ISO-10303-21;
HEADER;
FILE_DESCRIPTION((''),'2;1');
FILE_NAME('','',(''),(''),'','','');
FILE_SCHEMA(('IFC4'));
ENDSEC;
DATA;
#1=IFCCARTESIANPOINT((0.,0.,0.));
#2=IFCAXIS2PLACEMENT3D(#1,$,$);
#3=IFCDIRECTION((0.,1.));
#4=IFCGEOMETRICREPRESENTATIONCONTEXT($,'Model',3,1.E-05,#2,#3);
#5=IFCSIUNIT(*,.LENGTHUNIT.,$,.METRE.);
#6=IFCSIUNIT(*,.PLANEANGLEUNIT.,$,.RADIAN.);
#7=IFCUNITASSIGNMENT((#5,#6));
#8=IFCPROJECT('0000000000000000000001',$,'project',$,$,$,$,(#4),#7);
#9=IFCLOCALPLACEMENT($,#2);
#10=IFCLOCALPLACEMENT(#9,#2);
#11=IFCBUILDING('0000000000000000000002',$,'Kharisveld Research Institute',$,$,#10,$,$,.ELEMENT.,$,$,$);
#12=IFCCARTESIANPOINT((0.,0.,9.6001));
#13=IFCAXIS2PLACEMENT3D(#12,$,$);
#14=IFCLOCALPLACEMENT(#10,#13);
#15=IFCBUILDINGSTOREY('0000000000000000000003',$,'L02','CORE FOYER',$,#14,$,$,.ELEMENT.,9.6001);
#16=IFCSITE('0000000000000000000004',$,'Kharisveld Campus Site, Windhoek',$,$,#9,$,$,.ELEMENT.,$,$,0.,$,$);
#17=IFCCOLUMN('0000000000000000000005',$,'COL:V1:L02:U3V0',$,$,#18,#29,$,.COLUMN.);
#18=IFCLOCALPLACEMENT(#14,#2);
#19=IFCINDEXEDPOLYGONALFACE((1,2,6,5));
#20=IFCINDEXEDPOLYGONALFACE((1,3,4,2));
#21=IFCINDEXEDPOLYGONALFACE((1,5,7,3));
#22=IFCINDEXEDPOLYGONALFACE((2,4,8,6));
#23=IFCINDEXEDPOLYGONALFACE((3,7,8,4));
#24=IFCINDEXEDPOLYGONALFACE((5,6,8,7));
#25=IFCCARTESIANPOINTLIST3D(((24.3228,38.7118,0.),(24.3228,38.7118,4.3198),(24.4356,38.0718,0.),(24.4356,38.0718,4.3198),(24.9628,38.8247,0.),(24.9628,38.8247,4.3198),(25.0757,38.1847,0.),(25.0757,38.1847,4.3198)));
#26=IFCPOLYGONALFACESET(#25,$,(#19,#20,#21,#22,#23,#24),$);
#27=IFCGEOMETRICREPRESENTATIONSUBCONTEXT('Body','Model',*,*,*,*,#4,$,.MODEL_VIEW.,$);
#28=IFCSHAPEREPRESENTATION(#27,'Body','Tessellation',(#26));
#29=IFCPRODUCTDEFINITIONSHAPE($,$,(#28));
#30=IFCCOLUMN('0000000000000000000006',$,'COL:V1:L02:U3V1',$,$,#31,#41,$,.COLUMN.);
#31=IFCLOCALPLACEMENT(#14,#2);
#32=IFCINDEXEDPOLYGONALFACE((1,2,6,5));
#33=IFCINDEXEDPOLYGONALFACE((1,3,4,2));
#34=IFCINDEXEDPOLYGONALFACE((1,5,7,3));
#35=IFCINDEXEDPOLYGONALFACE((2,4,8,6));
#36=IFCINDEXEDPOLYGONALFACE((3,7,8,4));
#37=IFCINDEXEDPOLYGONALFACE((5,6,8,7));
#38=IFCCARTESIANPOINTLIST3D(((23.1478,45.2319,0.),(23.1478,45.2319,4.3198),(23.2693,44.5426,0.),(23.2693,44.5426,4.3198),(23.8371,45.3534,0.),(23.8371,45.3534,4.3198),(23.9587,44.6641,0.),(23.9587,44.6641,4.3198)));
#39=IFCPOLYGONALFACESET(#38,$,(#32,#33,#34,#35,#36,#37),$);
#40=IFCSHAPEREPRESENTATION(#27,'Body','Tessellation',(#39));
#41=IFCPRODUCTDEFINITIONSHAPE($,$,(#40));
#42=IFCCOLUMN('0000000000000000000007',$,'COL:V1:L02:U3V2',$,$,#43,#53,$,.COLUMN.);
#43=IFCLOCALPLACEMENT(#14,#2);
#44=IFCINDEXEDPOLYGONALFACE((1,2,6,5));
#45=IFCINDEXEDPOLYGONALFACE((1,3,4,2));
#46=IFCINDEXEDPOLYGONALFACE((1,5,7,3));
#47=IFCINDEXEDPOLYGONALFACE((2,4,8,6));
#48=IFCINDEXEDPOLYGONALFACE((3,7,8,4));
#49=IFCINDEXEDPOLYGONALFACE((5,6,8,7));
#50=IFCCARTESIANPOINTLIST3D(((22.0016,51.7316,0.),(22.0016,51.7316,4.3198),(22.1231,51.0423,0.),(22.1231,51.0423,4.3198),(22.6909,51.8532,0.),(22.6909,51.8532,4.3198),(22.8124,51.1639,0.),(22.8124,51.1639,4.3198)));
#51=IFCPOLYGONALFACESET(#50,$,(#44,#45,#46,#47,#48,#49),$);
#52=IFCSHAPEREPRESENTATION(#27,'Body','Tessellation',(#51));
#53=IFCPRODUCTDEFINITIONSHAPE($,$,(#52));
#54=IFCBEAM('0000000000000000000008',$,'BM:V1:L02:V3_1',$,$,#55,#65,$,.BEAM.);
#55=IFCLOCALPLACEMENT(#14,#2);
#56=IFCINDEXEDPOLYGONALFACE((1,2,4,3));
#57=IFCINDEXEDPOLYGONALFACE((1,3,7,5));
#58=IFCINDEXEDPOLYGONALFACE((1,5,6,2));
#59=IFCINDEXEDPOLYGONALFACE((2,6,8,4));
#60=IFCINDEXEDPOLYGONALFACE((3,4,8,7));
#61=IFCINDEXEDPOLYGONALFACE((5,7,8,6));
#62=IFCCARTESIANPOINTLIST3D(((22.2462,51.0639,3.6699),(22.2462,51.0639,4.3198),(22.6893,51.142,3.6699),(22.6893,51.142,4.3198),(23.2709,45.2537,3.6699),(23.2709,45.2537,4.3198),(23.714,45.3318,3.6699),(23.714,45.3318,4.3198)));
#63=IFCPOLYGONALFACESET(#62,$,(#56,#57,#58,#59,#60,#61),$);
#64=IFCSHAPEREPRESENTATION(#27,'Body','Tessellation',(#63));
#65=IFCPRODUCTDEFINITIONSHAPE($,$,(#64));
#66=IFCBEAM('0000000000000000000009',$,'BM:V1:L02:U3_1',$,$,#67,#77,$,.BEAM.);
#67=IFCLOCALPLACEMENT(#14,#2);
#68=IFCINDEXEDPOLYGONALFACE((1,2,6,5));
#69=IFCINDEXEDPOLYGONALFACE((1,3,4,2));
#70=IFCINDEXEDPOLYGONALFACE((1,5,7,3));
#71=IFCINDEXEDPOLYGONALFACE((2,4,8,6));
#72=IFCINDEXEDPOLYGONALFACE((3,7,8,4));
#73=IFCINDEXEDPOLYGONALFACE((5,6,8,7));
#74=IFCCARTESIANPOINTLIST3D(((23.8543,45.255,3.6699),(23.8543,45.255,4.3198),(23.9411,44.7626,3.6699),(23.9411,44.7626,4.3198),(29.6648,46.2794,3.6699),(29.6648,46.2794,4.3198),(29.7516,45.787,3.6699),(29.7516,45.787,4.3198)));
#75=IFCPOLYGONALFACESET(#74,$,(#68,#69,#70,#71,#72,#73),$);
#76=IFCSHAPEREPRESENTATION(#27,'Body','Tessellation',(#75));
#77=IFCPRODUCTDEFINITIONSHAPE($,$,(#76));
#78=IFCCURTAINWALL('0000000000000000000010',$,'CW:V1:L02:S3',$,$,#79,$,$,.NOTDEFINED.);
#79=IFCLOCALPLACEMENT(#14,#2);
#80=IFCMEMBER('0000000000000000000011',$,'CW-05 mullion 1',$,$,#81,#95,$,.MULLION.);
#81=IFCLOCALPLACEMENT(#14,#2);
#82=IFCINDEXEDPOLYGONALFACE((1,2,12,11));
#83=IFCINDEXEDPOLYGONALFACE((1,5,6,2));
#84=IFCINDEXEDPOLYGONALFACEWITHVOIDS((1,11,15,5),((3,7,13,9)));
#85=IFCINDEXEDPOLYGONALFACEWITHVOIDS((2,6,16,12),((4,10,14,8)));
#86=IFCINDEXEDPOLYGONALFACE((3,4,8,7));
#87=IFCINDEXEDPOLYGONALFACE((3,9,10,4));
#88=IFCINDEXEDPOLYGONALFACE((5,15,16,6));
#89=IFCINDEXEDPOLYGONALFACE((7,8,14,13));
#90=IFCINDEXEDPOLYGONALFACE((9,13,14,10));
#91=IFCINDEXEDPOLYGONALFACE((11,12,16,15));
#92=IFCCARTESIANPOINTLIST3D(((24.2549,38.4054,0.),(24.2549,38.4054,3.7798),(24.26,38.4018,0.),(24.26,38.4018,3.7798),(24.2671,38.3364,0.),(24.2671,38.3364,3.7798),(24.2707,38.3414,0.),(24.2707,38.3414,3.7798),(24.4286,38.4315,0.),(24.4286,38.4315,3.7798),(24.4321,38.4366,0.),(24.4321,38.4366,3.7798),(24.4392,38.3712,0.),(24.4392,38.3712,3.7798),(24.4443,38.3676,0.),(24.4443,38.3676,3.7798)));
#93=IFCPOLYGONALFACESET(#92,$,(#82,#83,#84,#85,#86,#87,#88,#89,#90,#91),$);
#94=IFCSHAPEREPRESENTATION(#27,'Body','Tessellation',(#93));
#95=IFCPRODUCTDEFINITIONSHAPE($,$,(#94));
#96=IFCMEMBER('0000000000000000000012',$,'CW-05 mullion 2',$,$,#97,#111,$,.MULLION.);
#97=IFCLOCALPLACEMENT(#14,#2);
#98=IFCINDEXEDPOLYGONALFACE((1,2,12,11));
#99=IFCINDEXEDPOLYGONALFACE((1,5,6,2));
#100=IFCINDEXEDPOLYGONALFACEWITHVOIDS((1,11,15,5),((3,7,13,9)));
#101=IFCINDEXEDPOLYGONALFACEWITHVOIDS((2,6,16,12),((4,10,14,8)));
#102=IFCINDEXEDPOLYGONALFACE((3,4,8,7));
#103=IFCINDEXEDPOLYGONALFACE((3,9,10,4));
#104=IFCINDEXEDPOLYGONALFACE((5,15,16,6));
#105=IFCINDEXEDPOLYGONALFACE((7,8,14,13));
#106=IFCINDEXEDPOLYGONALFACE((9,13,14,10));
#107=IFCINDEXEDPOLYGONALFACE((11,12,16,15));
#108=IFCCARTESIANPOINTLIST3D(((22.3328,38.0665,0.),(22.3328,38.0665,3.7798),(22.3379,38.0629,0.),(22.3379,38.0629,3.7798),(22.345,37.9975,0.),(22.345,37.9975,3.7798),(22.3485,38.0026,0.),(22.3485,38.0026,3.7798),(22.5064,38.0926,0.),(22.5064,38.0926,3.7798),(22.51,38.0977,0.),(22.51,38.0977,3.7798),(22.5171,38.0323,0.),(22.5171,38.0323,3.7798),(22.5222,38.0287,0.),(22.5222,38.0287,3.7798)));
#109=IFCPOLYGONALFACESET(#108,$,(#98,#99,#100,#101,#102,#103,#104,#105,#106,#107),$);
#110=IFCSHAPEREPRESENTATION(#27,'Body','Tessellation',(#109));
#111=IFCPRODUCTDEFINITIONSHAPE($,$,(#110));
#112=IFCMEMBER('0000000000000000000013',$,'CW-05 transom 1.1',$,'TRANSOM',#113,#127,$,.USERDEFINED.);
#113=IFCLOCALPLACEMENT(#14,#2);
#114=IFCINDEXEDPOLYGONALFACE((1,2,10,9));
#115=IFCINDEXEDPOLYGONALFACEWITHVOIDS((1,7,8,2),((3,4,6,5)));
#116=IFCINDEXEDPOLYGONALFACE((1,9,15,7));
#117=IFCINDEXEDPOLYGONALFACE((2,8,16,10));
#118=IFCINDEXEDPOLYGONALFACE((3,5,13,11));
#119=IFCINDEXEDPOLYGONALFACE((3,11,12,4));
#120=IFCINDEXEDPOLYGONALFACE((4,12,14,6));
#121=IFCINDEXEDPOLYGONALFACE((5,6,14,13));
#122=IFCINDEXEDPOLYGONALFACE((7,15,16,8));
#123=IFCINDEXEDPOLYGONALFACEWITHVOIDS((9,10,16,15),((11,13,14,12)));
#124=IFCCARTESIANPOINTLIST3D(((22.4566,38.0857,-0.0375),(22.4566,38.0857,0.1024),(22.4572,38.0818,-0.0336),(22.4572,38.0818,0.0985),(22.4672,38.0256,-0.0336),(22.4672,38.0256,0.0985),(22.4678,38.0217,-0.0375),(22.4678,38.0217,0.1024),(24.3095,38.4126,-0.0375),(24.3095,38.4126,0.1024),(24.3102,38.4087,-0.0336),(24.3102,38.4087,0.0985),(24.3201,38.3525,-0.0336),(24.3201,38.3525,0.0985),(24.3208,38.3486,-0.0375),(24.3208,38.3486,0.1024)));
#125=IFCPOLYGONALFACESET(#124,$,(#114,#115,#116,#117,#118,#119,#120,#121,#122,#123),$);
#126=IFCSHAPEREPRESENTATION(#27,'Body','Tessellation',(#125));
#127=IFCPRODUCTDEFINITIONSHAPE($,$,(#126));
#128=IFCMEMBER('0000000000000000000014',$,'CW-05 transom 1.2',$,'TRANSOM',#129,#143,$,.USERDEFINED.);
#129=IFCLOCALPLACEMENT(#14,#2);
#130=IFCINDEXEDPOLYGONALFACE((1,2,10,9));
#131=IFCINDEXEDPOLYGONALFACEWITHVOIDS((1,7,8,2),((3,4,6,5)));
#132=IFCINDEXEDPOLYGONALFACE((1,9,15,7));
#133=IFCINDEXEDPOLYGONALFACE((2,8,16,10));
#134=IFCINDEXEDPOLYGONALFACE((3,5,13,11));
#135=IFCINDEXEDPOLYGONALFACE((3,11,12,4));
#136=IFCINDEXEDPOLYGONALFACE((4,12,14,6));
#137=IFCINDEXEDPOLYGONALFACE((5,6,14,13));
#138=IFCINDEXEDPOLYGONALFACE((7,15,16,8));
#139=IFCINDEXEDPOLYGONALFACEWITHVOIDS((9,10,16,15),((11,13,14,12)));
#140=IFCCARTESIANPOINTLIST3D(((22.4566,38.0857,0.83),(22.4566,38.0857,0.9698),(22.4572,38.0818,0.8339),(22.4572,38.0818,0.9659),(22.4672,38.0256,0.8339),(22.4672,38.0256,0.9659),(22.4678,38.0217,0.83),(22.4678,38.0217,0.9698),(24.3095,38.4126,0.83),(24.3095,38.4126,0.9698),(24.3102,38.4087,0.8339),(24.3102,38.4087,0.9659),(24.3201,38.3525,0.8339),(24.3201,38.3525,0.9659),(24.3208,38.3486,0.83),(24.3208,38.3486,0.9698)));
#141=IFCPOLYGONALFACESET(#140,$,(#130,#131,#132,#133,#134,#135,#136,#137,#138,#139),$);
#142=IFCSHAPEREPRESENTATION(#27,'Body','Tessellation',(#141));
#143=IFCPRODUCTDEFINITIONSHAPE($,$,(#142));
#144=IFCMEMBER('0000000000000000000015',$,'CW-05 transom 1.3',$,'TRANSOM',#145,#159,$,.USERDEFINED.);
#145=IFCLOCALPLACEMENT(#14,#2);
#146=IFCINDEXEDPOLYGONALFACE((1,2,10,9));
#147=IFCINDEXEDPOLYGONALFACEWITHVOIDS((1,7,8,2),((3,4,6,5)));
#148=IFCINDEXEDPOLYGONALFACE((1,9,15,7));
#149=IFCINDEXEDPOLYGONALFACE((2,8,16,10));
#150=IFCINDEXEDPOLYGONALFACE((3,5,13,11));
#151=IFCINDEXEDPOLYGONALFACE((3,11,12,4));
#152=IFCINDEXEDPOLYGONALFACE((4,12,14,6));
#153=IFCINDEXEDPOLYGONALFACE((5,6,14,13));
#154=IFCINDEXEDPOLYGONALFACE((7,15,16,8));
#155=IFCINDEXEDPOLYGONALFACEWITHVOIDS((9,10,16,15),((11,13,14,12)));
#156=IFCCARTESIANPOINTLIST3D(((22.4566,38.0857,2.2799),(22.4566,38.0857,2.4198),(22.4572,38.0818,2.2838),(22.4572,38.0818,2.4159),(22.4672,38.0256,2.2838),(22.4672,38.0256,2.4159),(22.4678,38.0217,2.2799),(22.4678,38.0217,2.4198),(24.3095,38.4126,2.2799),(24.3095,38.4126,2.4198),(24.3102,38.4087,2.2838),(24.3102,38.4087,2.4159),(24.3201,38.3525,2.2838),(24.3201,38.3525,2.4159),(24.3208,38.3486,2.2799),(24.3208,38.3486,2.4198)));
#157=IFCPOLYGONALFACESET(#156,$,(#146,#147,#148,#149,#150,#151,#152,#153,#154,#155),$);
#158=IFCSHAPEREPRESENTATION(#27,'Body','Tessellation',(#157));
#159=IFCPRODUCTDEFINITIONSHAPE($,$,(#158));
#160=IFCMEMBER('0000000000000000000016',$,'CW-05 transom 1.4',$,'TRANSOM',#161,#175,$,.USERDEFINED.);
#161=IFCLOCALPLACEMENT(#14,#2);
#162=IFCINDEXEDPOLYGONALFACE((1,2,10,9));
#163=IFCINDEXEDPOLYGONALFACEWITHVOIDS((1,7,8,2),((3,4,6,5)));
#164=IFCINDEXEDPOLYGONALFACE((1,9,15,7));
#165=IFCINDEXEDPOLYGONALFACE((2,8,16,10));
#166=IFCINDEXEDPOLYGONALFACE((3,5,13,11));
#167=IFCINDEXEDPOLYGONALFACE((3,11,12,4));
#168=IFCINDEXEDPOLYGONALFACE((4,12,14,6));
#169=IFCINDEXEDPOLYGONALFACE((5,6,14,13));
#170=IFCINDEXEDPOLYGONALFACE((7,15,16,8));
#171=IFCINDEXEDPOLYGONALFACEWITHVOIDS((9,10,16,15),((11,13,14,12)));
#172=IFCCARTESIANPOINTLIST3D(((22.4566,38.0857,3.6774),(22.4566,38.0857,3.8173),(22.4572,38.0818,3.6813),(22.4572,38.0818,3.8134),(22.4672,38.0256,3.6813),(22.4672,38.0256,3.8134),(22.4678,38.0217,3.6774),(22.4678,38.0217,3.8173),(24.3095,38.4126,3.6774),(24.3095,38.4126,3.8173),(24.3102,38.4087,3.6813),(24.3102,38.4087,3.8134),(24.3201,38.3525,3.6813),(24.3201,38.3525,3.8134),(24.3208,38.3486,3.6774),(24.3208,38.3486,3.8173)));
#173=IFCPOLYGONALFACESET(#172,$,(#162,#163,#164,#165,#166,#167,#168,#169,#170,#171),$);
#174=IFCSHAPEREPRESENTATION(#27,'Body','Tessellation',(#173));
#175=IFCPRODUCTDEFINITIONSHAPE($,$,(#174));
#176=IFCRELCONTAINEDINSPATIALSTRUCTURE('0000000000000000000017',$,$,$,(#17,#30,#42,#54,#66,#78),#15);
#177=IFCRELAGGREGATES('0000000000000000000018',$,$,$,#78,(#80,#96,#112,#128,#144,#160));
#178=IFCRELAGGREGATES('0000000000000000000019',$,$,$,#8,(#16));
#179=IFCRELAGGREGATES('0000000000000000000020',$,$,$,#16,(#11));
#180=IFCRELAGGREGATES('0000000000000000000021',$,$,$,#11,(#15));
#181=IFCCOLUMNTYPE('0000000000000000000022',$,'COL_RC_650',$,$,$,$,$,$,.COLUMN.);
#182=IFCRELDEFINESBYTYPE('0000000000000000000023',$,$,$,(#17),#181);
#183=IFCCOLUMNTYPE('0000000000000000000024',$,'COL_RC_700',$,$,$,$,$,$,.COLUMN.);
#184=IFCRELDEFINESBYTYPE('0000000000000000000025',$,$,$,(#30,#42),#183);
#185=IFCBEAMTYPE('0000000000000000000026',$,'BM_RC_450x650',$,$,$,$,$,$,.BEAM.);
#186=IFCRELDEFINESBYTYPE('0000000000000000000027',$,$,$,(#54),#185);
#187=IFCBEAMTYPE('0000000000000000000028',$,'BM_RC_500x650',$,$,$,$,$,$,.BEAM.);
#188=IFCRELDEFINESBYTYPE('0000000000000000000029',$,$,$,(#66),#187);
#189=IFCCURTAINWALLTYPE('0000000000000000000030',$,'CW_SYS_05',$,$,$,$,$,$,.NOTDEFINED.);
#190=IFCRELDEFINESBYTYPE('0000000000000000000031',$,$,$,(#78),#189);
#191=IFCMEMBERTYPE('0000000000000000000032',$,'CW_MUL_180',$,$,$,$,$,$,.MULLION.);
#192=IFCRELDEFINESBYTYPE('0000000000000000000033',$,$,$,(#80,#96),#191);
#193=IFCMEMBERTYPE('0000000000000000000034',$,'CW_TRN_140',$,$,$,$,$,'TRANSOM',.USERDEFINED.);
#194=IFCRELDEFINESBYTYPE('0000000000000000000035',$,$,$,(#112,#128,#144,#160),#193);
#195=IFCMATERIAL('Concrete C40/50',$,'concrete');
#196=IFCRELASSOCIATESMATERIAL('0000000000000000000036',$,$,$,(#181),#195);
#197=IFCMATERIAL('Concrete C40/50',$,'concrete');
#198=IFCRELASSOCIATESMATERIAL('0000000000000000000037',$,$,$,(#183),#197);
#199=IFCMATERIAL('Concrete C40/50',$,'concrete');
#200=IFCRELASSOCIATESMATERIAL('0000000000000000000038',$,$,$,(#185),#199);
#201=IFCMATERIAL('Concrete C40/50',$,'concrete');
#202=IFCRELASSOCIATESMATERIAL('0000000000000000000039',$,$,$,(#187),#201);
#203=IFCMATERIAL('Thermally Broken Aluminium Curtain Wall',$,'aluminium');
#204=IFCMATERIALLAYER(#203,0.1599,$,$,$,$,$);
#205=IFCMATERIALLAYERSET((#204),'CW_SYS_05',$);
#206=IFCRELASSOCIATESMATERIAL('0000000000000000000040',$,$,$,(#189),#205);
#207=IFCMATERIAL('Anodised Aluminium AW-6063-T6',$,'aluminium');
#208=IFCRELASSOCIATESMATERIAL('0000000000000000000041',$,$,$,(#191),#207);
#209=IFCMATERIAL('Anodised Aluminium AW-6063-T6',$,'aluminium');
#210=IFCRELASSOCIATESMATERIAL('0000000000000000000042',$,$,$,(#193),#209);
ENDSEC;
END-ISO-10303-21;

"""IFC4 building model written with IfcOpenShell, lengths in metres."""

from ifc_helpers import new_model, si_unit, direction, frame, origin, origin_2d, place, context, subcontext, project, spatial, rectangle, hollow_rectangle, extrude, material, layer, layer_set, material_profile, profile_set, type_object, element, aggregate, save


model = new_model("IFC4")

# Units and contexts
model_context = context("Model", 3, precision=1e-05, world=origin(), true_north=direction((0.0, 1.0)))
body_context = subcontext(model_context, "Body", "Model", "MODEL_VIEW")
ifc_project = project(units=[si_unit("LENGTHUNIT", "METRE"), si_unit("PLANEANGLEUNIT", "RADIAN")], contexts=[model_context])

# Site, building, storey
site_placement = place(None, origin())
site = spatial("IfcSite", under=ifc_project, at=site_placement, Name="Kharisveld Campus Site, Windhoek", CompositionType="ELEMENT", RefElevation=0.0)
building_placement = place(site_placement, origin())
building = spatial("IfcBuilding", under=site, at=building_placement, Name="Kharisveld Research Institute", CompositionType="ELEMENT")
storey_placement = place(building_placement, frame((0.0, 0.0, 9.6001)))
storey = spatial("IfcBuildingStorey", under=building, at=storey_placement, Name="L02", Description="CORE FOYER", CompositionType="ELEMENT", Elevation=9.6001)

# Columns
ifc_material_1 = material(Name="Concrete C40/50", Category="concrete")
ifc_material_profile_1 = material_profile(ifc_material_1, rectangle(XDim=0.6499, YDim=0.6499, at=origin_2d()))
ifc_profile_set_1 = profile_set([ifc_material_profile_1], Name="Concrete C40/50")
column_type_1 = type_object("IfcColumnType", Name="COL_RC_650", PredefinedType="COLUMN", material=ifc_profile_set_1)
column_placement = place(storey_placement, frame((24.6992, 38.4482, 0.0), z_axis=(0.0, 0.0, 1.0), x_axis=(0.984808, 0.173648, 0.0)))
element("IfcColumn", 1, at=column_placement, inside=storey, type_object=column_type_1, Name="COL:V1:L02:U3V0", PredefinedType="COLUMN", context=body_context, shape_type="SweptSolid", body=[
    extrude(rectangle(XDim=0.6499, YDim=0.6499, at=origin_2d()), origin(), (0.0, 0.0, 1.0), 4.3198),
])
ifc_material_2 = material(Name="Concrete C40/50", Category="concrete")
ifc_material_profile_2 = material_profile(ifc_material_2, rectangle(XDim=0.7, YDim=0.7, at=origin_2d()))
ifc_profile_set_2 = profile_set([ifc_material_profile_2], Name="Concrete C40/50")
column_type_2 = type_object("IfcColumnType", Name="COL_RC_700", PredefinedType="COLUMN", material=ifc_profile_set_2)
for number, where, z_axis, x_axis, name in (
    (2, (23.5532, 44.948, 0.0), (0.0, 0.0, 1.0), (0.984808, 0.173648, 0.0), "COL:V1:L02:U3V1"),
    (3, (22.407, 51.4478, 0.0), (0.0, 0.0, 1.0), (0.984808, 0.173648, 0.0), "COL:V1:L02:U3V2"),
):
    element("IfcColumn", number, at=place(storey_placement, frame(where, z_axis=z_axis, x_axis=x_axis)), inside=storey, type_object=column_type_2, Name=name, PredefinedType="COLUMN", context=body_context, shape_type="SweptSolid", body=[
        extrude(rectangle(XDim=0.7, YDim=0.7, at=origin_2d()), origin(), (0.0, 0.0, 1.0), 4.3198),
    ])

# Beams
ifc_material_3 = material(Name="Concrete C40/50", Category="concrete")
ifc_material_profile_3 = material_profile(ifc_material_3, rectangle(XDim=0.45, YDim=0.6499, at=origin_2d()))
ifc_profile_set_3 = profile_set([ifc_material_profile_3], Name="Concrete C40/50")
beam_type_1 = type_object("IfcBeamType", Name="BM_RC_450x650", PredefinedType="BEAM", material=ifc_profile_set_3)
beam_1_placement = place(storey_placement, frame((23.4924, 45.2927, 3.9949), z_axis=(-0.173672, 0.984804, 0.0), x_axis=(-0.984804, -0.173672, 0.0)))
element("IfcBeam", 4, at=beam_1_placement, inside=storey, type_object=beam_type_1, Name="BM:V1:L02:V3_1", PredefinedType="BEAM", context=body_context, shape_type="SweptSolid", body=[
    extrude(rectangle(XDim=0.45, YDim=0.6499, at=origin_2d()), origin(), (0.0, 0.0, 1.0), 5.8999),
])
ifc_material_4 = material(Name="Concrete C40/50", Category="concrete")
ifc_material_profile_4 = material_profile(ifc_material_4, rectangle(XDim=0.5, YDim=0.6499, at=origin_2d()))
ifc_profile_set_4 = profile_set([ifc_material_profile_4], Name="Concrete C40/50")
beam_type_2 = type_object("IfcBeamType", Name="BM_RC_500x650", PredefinedType="BEAM", material=ifc_profile_set_4)
beam_2_placement = place(storey_placement, frame((23.8977, 45.0088, 3.9949), z_axis=(0.984812, 0.173625, 0.0), x_axis=(-0.173625, 0.984812, 0.0)))
element("IfcBeam", 5, at=beam_2_placement, inside=storey, type_object=beam_type_2, Name="BM:V1:L02:U3_1", PredefinedType="BEAM", context=body_context, shape_type="SweptSolid", body=[
    extrude(rectangle(XDim=0.5, YDim=0.6499, at=origin_2d()), origin(), (0.0, 0.0, 1.0), 5.9001),
])

# Curtain wall, members
ifc_material_5 = material(Name="Thermally Broken Aluminium Curtain Wall", Category="aluminium")
ifc_layer_1 = layer(ifc_material_5, 0.1599)
ifc_layer_set_1 = layer_set([ifc_layer_1], Name="CW_SYS_05")
curtain_wall_type = type_object("IfcCurtainWallType", Name="CW_SYS_05", PredefinedType="NOTDEFINED", material=ifc_layer_set_1)
curtain_wall_placement = place(storey_placement, origin())
curtain_wall = element("IfcCurtainWall", 6, at=curtain_wall_placement, inside=storey, type_object=curtain_wall_type, Name="CW:V1:L02:S3", PredefinedType="NOTDEFINED")
ifc_material_6 = material(Name="Anodised Aluminium AW-6063-T6", Category="aluminium")
ifc_material_profile_5 = material_profile(ifc_material_6, hollow_rectangle(XDim=0.0701, YDim=0.1799, WallThickness=0.0044, at=origin_2d()))
ifc_profile_set_5 = profile_set([ifc_material_profile_5], Name="Anodised Aluminium AW-6063-T6")
member_type_1 = type_object("IfcMemberType", Name="CW_MUL_180", PredefinedType="MULLION", material=ifc_profile_set_5)
member_1_placement = place(storey_placement, frame((24.3496, 38.3865, 0.0), z_axis=(0.0, 0.0, 1.0), x_axis=(0.173648, -0.984808, 0.0)))
member_1 = element("IfcMember", 7, at=member_1_placement, type_object=member_type_1, Name="CW-05 mullion 1", PredefinedType="MULLION", context=body_context, shape_type="SweptSolid", body=[
    extrude(hollow_rectangle(XDim=0.0701, YDim=0.1799, WallThickness=0.0044, at=origin_2d()), origin(), (0.0, 0.0, 1.0), 3.7798),
])
member_2_placement = place(storey_placement, frame((22.4275, 38.0476, 0.0), z_axis=(0.0, 0.0, 1.0), x_axis=(0.173648, -0.984808, 0.0)))
member_2 = element("IfcMember", 8, at=member_2_placement, type_object=member_type_1, Name="CW-05 mullion 2", PredefinedType="MULLION", context=body_context, shape_type="SweptSolid", body=[
    extrude(hollow_rectangle(XDim=0.0701, YDim=0.1799, WallThickness=0.0044, at=origin_2d()), origin(), (0.0, 0.0, 1.0), 3.7798),
])
ifc_material_7 = material(Name="Anodised Aluminium AW-6063-T6", Category="aluminium")
ifc_material_profile_6 = material_profile(ifc_material_7, hollow_rectangle(XDim=0.0649, YDim=0.1399, WallThickness=0.0039, at=origin_2d()))
ifc_profile_set_6 = profile_set([ifc_material_profile_6], Name="Anodised Aluminium AW-6063-T6")
member_type_2 = type_object("IfcMemberType", Name="CW_TRN_140", ElementType="TRANSOM", PredefinedType="USERDEFINED", material=ifc_profile_set_6)
member_3_placement = place(storey_placement, frame((24.3152, 38.3806, 0.0325), z_axis=(-0.984793, -0.173734, 0.0), x_axis=(0.173734, -0.984793, 0.0)))
member_3 = element("IfcMember", 9, at=member_3_placement, type_object=member_type_2, Name="CW-05 transom 1.1", ObjectType="TRANSOM", PredefinedType="USERDEFINED", context=body_context, shape_type="SweptSolid", body=[
    extrude(hollow_rectangle(XDim=0.0649, YDim=0.1399, WallThickness=0.0039, at=origin_2d()), origin(), (0.0, 0.0, 1.0), 1.8816),
])
member_4_placement = place(storey_placement, frame((24.3152, 38.3806, 0.8999), z_axis=(-0.984793, -0.173734, 0.0), x_axis=(0.173734, -0.984793, 0.0)))
member_4 = element("IfcMember", 10, at=member_4_placement, type_object=member_type_2, Name="CW-05 transom 1.2", ObjectType="TRANSOM", PredefinedType="USERDEFINED", context=body_context, shape_type="SweptSolid", body=[
    extrude(hollow_rectangle(XDim=0.0649, YDim=0.1399, WallThickness=0.0039, at=origin_2d()), origin(), (0.0, 0.0, 1.0), 1.8816),
])
member_5_placement = place(storey_placement, frame((24.3152, 38.3806, 2.3499), z_axis=(-0.984793, -0.173734, 0.0), x_axis=(0.173734, -0.984793, 0.0)))
member_5 = element("IfcMember", 11, at=member_5_placement, type_object=member_type_2, Name="CW-05 transom 1.3", ObjectType="TRANSOM", PredefinedType="USERDEFINED", context=body_context, shape_type="SweptSolid", body=[
    extrude(hollow_rectangle(XDim=0.0649, YDim=0.1399, WallThickness=0.0039, at=origin_2d()), origin(), (0.0, 0.0, 1.0), 1.8816),
])
member_6_placement = place(storey_placement, frame((24.3152, 38.3806, 3.7473), z_axis=(-0.984793, -0.173734, 0.0), x_axis=(0.173734, -0.984793, 0.0)))
member_6 = element("IfcMember", 12, at=member_6_placement, type_object=member_type_2, Name="CW-05 transom 1.4", ObjectType="TRANSOM", PredefinedType="USERDEFINED", context=body_context, shape_type="SweptSolid", body=[
    extrude(hollow_rectangle(XDim=0.0649, YDim=0.1399, WallThickness=0.0039, at=origin_2d()), origin(), (0.0, 0.0, 1.0), 1.8816),
])

aggregate(curtain_wall, [member_1, member_2, member_3, member_4, member_5, member_6])

save(model, "model.ifc")
